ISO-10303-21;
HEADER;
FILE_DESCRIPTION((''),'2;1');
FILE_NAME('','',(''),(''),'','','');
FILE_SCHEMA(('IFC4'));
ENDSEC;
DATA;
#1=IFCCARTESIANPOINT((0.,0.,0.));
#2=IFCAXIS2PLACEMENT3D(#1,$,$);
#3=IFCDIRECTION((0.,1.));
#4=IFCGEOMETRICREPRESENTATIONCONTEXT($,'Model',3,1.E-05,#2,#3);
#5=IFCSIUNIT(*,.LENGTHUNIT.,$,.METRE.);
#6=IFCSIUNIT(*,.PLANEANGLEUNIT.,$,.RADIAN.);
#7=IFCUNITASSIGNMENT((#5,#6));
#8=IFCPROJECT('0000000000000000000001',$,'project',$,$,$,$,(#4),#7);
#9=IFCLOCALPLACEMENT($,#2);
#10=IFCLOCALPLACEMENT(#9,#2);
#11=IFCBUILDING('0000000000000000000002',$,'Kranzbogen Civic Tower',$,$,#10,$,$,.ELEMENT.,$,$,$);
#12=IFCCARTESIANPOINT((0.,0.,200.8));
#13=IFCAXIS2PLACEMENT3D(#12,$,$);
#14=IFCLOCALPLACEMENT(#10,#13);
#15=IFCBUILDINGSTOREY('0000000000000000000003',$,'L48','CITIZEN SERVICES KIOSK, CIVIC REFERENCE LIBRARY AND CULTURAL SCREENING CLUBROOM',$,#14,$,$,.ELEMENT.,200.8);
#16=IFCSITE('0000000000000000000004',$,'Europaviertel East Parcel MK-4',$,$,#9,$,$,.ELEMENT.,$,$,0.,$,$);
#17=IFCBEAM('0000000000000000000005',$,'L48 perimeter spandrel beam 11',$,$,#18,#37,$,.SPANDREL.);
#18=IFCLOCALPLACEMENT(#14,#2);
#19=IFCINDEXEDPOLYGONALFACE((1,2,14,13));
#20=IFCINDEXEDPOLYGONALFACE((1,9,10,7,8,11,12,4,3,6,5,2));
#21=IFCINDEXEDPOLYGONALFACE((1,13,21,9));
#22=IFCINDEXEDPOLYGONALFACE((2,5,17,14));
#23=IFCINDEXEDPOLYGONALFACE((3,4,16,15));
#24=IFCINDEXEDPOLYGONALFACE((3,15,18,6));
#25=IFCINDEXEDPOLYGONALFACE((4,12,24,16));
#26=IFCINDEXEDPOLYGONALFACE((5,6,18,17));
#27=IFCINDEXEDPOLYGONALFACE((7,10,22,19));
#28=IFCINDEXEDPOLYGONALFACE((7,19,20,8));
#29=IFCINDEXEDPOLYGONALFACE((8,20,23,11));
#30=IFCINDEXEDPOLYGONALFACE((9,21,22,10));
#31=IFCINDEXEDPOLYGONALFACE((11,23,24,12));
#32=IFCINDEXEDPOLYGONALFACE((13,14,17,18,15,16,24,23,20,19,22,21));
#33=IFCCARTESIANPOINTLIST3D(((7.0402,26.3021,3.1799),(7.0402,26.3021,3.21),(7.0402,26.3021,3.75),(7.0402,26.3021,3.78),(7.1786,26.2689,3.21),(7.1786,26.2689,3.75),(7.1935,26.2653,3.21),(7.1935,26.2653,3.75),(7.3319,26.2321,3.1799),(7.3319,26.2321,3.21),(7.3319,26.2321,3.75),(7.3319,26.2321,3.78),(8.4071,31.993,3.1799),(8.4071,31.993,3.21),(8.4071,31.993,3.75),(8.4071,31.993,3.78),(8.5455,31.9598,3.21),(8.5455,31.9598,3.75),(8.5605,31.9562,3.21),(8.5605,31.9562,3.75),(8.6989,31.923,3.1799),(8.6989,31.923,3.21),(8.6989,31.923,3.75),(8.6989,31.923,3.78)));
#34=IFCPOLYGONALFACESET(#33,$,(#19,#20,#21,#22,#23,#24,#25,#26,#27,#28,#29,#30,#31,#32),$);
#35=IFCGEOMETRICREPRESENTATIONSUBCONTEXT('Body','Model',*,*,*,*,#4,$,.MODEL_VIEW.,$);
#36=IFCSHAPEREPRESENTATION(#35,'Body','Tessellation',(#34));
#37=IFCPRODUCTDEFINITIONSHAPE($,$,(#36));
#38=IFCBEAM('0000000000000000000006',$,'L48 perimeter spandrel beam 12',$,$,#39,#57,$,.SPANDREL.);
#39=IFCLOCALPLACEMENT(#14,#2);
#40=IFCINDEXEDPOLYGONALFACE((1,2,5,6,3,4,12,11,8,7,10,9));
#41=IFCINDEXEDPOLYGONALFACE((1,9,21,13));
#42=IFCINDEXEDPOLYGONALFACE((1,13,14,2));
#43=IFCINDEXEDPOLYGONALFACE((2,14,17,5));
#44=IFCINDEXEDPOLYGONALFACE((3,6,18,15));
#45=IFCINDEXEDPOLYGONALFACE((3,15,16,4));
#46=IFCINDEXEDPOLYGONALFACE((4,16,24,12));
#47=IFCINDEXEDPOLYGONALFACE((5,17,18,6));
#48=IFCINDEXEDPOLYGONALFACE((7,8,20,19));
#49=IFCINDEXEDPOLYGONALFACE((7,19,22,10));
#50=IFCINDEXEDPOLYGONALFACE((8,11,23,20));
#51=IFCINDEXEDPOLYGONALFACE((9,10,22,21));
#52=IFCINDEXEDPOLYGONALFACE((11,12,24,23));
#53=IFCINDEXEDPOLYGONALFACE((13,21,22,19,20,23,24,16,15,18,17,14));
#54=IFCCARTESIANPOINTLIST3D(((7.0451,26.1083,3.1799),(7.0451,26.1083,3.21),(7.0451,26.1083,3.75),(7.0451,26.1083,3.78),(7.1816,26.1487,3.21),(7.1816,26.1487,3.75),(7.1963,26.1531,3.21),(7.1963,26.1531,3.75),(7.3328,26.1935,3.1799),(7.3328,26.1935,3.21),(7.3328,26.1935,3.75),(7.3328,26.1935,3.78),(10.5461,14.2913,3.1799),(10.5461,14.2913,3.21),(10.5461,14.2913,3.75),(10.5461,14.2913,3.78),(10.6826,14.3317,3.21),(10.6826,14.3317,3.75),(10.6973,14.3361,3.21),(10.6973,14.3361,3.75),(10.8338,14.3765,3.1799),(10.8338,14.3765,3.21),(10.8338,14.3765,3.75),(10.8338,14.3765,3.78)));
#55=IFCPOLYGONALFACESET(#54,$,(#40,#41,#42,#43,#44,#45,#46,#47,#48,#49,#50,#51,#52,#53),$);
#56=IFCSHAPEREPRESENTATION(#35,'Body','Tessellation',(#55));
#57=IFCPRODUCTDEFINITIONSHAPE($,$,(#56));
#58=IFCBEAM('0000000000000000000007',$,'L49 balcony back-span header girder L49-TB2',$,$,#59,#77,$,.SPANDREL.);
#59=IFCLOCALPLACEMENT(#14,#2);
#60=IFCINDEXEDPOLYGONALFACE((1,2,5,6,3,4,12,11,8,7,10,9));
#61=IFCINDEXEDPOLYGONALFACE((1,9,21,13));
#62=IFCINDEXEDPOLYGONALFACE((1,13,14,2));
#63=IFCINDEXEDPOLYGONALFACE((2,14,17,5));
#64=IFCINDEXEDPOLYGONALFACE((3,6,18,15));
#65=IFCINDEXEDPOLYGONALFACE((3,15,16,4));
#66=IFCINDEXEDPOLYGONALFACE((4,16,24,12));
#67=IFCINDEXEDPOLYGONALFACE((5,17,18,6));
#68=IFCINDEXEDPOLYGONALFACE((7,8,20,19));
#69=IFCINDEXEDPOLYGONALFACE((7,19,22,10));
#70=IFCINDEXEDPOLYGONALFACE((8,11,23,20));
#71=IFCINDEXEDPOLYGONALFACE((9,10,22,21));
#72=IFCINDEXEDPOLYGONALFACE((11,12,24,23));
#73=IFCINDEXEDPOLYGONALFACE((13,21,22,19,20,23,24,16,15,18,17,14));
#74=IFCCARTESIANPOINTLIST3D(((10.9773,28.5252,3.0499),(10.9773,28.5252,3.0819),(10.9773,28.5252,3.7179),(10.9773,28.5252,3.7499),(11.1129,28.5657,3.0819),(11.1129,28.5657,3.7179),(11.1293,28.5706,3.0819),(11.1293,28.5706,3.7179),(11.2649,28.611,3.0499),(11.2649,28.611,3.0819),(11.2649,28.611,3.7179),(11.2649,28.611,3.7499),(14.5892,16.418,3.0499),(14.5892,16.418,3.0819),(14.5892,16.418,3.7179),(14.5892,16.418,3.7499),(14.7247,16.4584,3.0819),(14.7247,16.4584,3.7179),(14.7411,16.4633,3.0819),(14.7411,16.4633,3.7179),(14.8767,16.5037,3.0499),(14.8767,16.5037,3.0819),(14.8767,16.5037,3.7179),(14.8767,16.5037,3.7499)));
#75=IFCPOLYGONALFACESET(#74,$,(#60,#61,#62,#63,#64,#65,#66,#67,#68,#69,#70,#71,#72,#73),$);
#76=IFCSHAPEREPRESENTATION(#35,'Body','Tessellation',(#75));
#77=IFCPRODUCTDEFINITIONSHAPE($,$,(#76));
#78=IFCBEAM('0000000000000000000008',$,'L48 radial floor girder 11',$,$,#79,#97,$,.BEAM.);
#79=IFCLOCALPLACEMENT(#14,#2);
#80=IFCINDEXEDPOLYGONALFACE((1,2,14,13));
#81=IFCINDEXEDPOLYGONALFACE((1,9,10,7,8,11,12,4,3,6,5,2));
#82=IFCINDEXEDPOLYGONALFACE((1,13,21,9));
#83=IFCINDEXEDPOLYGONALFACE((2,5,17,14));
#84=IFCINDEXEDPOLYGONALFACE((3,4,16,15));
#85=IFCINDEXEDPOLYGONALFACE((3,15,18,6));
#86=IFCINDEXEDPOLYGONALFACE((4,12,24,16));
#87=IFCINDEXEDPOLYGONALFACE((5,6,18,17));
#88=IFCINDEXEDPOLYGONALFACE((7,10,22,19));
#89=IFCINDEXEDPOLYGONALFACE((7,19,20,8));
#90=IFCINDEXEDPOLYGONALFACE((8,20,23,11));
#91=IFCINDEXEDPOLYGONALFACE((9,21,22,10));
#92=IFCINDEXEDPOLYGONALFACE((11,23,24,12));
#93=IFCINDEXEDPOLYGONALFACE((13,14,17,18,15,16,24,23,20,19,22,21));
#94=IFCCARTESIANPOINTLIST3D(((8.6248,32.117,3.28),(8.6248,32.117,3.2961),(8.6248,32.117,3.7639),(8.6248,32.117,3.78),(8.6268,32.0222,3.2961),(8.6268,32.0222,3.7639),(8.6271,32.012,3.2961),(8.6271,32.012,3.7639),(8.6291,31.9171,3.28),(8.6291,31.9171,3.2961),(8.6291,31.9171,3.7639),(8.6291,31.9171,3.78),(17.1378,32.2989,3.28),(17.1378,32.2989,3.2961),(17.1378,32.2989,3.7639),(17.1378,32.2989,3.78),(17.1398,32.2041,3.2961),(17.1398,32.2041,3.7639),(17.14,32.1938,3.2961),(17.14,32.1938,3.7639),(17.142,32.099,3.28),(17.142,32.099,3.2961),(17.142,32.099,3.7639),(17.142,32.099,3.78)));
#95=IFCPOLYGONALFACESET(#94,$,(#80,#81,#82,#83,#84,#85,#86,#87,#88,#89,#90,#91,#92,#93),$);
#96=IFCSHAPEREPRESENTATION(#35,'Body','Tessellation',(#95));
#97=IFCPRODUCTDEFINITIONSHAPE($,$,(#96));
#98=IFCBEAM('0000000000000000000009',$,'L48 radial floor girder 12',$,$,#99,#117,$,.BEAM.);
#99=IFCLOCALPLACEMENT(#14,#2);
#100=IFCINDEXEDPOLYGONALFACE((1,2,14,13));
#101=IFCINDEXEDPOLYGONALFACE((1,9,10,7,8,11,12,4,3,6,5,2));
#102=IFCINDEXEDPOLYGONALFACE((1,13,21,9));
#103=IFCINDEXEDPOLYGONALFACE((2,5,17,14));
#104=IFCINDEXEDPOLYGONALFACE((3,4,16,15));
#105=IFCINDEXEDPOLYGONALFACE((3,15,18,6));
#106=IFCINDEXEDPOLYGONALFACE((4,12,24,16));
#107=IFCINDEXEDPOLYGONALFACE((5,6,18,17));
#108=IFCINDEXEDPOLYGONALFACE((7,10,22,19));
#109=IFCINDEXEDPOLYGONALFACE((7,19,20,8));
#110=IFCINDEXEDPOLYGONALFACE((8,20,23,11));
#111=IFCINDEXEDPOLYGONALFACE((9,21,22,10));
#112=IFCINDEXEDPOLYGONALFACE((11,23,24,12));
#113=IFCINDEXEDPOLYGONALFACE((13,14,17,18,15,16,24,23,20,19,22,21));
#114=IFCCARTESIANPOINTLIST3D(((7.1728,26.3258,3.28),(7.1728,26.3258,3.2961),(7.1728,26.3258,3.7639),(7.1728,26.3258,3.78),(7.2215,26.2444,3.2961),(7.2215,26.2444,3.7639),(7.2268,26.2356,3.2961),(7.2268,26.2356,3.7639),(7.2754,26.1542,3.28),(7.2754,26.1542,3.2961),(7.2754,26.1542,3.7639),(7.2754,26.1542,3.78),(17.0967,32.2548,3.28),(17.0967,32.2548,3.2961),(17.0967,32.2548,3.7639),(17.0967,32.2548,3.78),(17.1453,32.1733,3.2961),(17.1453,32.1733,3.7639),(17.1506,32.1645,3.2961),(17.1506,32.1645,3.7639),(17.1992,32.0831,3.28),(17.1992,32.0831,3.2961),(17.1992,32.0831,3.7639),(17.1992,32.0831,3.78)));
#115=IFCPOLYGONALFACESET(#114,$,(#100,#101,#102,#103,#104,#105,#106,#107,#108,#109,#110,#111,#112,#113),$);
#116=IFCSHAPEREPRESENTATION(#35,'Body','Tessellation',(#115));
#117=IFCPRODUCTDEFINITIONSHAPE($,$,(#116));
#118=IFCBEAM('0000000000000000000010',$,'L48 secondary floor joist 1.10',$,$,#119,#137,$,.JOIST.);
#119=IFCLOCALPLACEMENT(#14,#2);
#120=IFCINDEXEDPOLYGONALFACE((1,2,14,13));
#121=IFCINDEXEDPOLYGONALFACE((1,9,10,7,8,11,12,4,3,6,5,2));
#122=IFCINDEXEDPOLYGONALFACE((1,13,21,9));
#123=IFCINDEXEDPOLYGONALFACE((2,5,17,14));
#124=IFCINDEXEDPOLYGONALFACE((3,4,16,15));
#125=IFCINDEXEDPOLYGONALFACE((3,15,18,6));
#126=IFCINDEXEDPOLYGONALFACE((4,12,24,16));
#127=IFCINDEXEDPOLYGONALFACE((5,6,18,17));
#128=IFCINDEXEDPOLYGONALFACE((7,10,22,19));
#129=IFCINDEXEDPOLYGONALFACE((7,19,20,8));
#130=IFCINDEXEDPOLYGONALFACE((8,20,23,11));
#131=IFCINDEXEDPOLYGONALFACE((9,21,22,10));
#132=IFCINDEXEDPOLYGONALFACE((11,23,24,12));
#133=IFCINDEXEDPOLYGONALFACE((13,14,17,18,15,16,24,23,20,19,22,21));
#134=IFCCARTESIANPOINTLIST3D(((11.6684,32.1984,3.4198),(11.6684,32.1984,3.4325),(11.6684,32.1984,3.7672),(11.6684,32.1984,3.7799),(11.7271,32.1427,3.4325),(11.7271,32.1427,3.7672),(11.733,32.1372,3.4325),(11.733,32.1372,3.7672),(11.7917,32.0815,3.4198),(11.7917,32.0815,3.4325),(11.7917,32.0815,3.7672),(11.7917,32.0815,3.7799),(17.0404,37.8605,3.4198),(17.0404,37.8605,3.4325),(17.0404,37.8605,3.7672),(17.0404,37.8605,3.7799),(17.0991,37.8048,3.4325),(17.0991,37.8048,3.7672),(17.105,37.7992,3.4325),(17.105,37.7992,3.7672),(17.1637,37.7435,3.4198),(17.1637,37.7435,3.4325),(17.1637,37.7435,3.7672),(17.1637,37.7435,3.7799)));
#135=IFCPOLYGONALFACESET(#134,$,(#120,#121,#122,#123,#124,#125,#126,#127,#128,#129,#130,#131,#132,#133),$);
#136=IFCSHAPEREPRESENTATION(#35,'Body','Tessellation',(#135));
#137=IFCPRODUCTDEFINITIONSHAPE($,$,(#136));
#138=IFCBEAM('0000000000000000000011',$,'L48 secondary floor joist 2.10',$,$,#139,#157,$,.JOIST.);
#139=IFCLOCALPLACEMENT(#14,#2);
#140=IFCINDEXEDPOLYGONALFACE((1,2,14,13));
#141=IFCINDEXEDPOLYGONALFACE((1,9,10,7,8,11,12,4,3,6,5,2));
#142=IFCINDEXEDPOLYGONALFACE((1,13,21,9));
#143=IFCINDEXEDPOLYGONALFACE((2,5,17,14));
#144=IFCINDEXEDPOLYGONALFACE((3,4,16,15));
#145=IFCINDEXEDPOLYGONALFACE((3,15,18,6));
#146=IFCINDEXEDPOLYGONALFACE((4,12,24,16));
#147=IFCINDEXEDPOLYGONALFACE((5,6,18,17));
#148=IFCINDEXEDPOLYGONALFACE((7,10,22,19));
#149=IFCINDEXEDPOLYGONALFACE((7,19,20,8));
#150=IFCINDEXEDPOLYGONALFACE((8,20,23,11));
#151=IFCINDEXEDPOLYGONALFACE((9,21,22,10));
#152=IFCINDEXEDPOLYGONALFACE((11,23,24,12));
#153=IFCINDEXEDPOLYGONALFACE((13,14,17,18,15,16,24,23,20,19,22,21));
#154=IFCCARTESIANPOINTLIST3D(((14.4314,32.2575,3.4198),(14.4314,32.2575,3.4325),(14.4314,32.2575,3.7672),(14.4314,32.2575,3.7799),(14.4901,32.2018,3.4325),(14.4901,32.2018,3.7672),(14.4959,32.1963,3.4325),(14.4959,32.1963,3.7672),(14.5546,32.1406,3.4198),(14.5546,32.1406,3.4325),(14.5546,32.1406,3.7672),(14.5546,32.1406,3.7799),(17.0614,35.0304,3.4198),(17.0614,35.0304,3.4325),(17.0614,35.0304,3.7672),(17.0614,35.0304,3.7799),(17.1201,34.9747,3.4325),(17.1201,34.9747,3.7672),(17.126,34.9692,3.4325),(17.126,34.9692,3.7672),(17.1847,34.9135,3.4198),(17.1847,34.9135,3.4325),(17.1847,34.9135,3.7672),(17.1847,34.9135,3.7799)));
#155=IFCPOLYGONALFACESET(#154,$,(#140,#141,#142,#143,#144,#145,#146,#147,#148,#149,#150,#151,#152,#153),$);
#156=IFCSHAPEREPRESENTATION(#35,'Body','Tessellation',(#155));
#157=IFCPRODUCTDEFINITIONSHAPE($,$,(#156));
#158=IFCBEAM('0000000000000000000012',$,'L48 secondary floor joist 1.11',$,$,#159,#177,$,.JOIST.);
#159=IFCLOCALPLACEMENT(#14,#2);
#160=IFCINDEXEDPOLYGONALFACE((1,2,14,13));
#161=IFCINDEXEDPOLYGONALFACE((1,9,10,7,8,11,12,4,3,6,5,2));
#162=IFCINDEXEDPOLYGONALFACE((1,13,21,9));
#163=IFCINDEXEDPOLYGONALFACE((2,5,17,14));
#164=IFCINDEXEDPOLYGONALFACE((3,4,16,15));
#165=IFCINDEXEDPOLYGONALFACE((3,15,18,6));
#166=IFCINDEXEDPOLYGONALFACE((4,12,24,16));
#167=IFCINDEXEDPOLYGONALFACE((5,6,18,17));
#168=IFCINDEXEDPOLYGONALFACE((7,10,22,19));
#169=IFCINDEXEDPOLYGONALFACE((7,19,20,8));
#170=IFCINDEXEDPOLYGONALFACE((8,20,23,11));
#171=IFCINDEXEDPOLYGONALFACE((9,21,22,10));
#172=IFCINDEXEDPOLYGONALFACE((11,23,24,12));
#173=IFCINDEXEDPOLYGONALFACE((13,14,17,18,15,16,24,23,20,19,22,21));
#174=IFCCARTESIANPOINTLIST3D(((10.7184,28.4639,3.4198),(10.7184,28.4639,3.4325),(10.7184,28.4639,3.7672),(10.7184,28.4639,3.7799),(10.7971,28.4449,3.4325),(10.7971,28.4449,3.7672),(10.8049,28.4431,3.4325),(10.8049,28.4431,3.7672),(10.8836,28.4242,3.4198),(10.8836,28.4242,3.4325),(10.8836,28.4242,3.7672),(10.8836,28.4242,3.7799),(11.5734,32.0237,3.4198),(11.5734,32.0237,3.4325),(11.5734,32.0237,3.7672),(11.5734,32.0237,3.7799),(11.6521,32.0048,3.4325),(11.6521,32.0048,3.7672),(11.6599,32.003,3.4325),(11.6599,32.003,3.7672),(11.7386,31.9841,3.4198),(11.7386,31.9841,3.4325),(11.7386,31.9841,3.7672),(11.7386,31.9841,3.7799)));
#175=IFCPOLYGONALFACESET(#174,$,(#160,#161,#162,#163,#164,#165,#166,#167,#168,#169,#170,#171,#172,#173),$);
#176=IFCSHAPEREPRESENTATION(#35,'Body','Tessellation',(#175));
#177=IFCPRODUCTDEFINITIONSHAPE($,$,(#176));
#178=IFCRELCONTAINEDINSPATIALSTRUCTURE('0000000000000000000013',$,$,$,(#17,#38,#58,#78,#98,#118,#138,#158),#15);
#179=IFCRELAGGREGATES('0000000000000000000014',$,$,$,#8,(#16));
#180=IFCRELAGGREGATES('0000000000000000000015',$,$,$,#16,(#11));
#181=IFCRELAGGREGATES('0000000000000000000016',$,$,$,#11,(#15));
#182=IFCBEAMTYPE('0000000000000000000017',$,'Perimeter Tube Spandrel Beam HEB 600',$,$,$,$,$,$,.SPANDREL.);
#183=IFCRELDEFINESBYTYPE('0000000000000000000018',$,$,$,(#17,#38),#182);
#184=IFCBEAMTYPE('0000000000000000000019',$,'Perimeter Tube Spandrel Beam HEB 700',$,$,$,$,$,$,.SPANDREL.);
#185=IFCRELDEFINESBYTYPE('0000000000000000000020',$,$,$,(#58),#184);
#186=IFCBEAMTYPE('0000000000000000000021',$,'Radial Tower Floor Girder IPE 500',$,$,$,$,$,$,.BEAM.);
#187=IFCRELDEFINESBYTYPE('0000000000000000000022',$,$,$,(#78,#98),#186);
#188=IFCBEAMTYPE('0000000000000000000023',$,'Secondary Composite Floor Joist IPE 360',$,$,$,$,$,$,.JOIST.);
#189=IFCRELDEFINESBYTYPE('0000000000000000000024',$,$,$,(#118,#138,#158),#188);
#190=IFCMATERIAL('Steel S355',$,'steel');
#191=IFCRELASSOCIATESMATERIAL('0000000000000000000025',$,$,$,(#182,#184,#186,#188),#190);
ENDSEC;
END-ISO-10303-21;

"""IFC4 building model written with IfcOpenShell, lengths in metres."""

from ifc_helpers import new_model, si_unit, direction, frame, origin, origin_2d, place, context, subcontext, project, spatial, i_section, extrude, material, material_profile, profile_set, type_object, element, save


model = new_model("IFC4")

# Units and contexts
model_context = context("Model", 3, precision=1e-05, world=origin(), true_north=direction((0.0, 1.0)))
body_context = subcontext(model_context, "Body", "Model", "MODEL_VIEW")
ifc_project = project(units=[si_unit("LENGTHUNIT", "METRE"), si_unit("PLANEANGLEUNIT", "RADIAN")], contexts=[model_context])

# Site, building, storey
site_placement = place(None, origin())
site = spatial("IfcSite", under=ifc_project, at=site_placement, Name="Europaviertel East Parcel MK-4", CompositionType="ELEMENT", RefElevation=0.0)
building_placement = place(site_placement, origin())
building = spatial("IfcBuilding", under=site, at=building_placement, Name="Kranzbogen Civic Tower", CompositionType="ELEMENT")
storey_placement = place(building_placement, frame((0.0, 0.0, 200.8)))
storey = spatial("IfcBuildingStorey", under=building, at=storey_placement, Name="L48", Description="CITIZEN SERVICES KIOSK, CIVIC REFERENCE LIBRARY AND CULTURAL SCREENING CLUBROOM", CompositionType="ELEMENT", Elevation=200.8)

# Shared definitions
ifc_material_1 = material(Name="Steel S355", Category="steel")

# Beams
ifc_material_profile_1 = material_profile(ifc_material_1, i_section(OverallWidth=0.3, OverallDepth=0.6001, WebThickness=0.0154, FlangeThickness=0.03, at=origin_2d()), Name="HEB 600")
ifc_profile_set_1 = profile_set([ifc_material_profile_1], Name="Steel S355")
beam_type_1 = type_object("IfcBeamType", Name="Perimeter Tube Spandrel Beam HEB 600", PredefinedType="SPANDREL", material=ifc_profile_set_1)
beam_1_placement = place(storey_placement, frame((8.553, 31.958, 3.48), z_axis=(-0.233554, -0.972344, 0.0), x_axis=(0.972344, -0.233554, 0.0)))
element("IfcBeam", 1, at=beam_1_placement, inside=storey, type_object=beam_type_1, Name="L48 perimeter spandrel beam 11", PredefinedType="SPANDREL", context=body_context, shape_type="SweptSolid", body=[
    extrude(i_section(OverallWidth=0.3, OverallDepth=0.6001, WebThickness=0.0154, FlangeThickness=0.03, at=origin_2d()), origin(), (0.0, 0.0, 1.0), 5.8528),
])
beam_2_placement = place(storey_placement, frame((7.189, 26.1509, 3.48), z_axis=(0.284064, -0.958805, 0.0), x_axis=(0.958805, 0.284064, 0.0)))
element("IfcBeam", 2, at=beam_2_placement, inside=storey, type_object=beam_type_1, Name="L48 perimeter spandrel beam 12", PredefinedType="SPANDREL", context=body_context, shape_type="SweptSolid", body=[
    extrude(i_section(OverallWidth=0.3, OverallDepth=0.6001, WebThickness=0.0154, FlangeThickness=0.03, at=origin_2d()), origin(), (0.0, 0.0, 1.0), 12.3247),
])
ifc_material_profile_2 = material_profile(ifc_material_1, i_section(OverallWidth=0.3, OverallDepth=0.7, WebThickness=0.0171, FlangeThickness=0.032, at=origin_2d()), Name="HEB 700")
ifc_profile_set_2 = profile_set([ifc_material_profile_2], Name="Steel S355")
beam_type_2 = type_object("IfcBeamType", Name="Perimeter Tube Spandrel Beam HEB 700", PredefinedType="SPANDREL", material=ifc_profile_set_2)
beam_3_placement = place(storey_placement, frame((11.1211, 28.5681, 3.3999), z_axis=(0.285871, -0.958268, 0.0), x_axis=(0.958268, 0.285871, 0.0)))
element("IfcBeam", 3, at=beam_3_placement, inside=storey, type_object=beam_type_2, Name="L49 balcony back-span header girder L49-TB2", PredefinedType="SPANDREL", context=body_context, shape_type="SweptSolid", body=[
    extrude(i_section(OverallWidth=0.3, OverallDepth=0.7, WebThickness=0.0171, FlangeThickness=0.032, at=origin_2d()), origin(), (0.0, 0.0, 1.0), 12.6345),
])
ifc_material_profile_3 = material_profile(ifc_material_1, i_section(OverallWidth=0.2, OverallDepth=0.5, WebThickness=0.0103, FlangeThickness=0.0161, at=origin_2d()), Name="IPE 500")
ifc_profile_set_3 = profile_set([ifc_material_profile_3], Name="Steel S355")
beam_type_3 = type_object("IfcBeamType", Name="Radial Tower Floor Girder IPE 500", PredefinedType="BEAM", material=ifc_profile_set_3)
beam_4_placement = place(storey_placement, frame((8.627, 32.0171, 3.53), z_axis=(0.999772, 0.021361, 0.0), x_axis=(-0.021361, 0.999772, 0.0)))
element("IfcBeam", 4, at=beam_4_placement, inside=storey, type_object=beam_type_3, Name="L48 radial floor girder 11", PredefinedType="BEAM", context=body_context, shape_type="SweptSolid", body=[
    extrude(i_section(OverallWidth=0.2, OverallDepth=0.5, WebThickness=0.0103, FlangeThickness=0.0161, at=origin_2d()), origin(), (0.0, 0.0, 1.0), 8.5149),
])
beam_5_placement = place(storey_placement, frame((7.2241, 26.24, 3.53), z_axis=(0.858459, 0.512883, 0.0), x_axis=(-0.512883, 0.858459, 0.0)))
element("IfcBeam", 5, at=beam_5_placement, inside=storey, type_object=beam_type_3, Name="L48 radial floor girder 12", PredefinedType="BEAM", context=body_context, shape_type="SweptSolid", body=[
    extrude(i_section(OverallWidth=0.2, OverallDepth=0.5, WebThickness=0.0103, FlangeThickness=0.0161, at=origin_2d()), origin(), (0.0, 0.0, 1.0), 11.5601),
])
ifc_material_profile_4 = material_profile(ifc_material_1, i_section(OverallWidth=0.1699, OverallDepth=0.3601, WebThickness=0.0081, FlangeThickness=0.0127, at=origin_2d()), Name="IPE 360")
ifc_profile_set_4 = profile_set([ifc_material_profile_4], Name="Steel S355")
beam_type_4 = type_object("IfcBeamType", Name="Secondary Composite Floor Joist IPE 360", PredefinedType="JOIST", material=ifc_profile_set_4)
beam_6_placement = place(storey_placement, frame((17.1021, 37.802, 3.5999), z_axis=(-0.688282, -0.725443, 0.0), x_axis=(0.725443, -0.688282, 0.0)))
element("IfcBeam", 6, at=beam_6_placement, inside=storey, type_object=beam_type_4, Name="L48 secondary floor joist 1.10", PredefinedType="JOIST", context=body_context, shape_type="SweptSolid", body=[
    extrude(i_section(OverallWidth=0.1699, OverallDepth=0.3601, WebThickness=0.0081, FlangeThickness=0.0127, at=origin_2d()), origin(), (0.0, 0.0, 1.0), 7.8049),
])
beam_7_placement = place(storey_placement, frame((17.123, 34.9719, 3.5999), z_axis=(-0.688175, -0.725545, 0.0), x_axis=(0.725545, -0.688175, 0.0)))
element("IfcBeam", 7, at=beam_7_placement, inside=storey, type_object=beam_type_4, Name="L48 secondary floor joist 2.10", PredefinedType="JOIST", context=body_context, shape_type="SweptSolid", body=[
    extrude(i_section(OverallWidth=0.1699, OverallDepth=0.3601, WebThickness=0.0081, FlangeThickness=0.0127, at=origin_2d()), origin(), (0.0, 0.0, 1.0), 3.8218),
])
beam_8_placement = place(storey_placement, frame((11.656, 32.0039, 3.5999), z_axis=(-0.233534, -0.972349, 0.0), x_axis=(0.972349, -0.233534, 0.0)))
element("IfcBeam", 8, at=beam_8_placement, inside=storey, type_object=beam_type_4, Name="L48 secondary floor joist 1.11", PredefinedType="JOIST", context=body_context, shape_type="SweptSolid", body=[
    extrude(i_section(OverallWidth=0.1699, OverallDepth=0.3601, WebThickness=0.0081, FlangeThickness=0.0127, at=origin_2d()), origin(), (0.0, 0.0, 1.0), 3.6611),
])

save(model, "model.ifc")
